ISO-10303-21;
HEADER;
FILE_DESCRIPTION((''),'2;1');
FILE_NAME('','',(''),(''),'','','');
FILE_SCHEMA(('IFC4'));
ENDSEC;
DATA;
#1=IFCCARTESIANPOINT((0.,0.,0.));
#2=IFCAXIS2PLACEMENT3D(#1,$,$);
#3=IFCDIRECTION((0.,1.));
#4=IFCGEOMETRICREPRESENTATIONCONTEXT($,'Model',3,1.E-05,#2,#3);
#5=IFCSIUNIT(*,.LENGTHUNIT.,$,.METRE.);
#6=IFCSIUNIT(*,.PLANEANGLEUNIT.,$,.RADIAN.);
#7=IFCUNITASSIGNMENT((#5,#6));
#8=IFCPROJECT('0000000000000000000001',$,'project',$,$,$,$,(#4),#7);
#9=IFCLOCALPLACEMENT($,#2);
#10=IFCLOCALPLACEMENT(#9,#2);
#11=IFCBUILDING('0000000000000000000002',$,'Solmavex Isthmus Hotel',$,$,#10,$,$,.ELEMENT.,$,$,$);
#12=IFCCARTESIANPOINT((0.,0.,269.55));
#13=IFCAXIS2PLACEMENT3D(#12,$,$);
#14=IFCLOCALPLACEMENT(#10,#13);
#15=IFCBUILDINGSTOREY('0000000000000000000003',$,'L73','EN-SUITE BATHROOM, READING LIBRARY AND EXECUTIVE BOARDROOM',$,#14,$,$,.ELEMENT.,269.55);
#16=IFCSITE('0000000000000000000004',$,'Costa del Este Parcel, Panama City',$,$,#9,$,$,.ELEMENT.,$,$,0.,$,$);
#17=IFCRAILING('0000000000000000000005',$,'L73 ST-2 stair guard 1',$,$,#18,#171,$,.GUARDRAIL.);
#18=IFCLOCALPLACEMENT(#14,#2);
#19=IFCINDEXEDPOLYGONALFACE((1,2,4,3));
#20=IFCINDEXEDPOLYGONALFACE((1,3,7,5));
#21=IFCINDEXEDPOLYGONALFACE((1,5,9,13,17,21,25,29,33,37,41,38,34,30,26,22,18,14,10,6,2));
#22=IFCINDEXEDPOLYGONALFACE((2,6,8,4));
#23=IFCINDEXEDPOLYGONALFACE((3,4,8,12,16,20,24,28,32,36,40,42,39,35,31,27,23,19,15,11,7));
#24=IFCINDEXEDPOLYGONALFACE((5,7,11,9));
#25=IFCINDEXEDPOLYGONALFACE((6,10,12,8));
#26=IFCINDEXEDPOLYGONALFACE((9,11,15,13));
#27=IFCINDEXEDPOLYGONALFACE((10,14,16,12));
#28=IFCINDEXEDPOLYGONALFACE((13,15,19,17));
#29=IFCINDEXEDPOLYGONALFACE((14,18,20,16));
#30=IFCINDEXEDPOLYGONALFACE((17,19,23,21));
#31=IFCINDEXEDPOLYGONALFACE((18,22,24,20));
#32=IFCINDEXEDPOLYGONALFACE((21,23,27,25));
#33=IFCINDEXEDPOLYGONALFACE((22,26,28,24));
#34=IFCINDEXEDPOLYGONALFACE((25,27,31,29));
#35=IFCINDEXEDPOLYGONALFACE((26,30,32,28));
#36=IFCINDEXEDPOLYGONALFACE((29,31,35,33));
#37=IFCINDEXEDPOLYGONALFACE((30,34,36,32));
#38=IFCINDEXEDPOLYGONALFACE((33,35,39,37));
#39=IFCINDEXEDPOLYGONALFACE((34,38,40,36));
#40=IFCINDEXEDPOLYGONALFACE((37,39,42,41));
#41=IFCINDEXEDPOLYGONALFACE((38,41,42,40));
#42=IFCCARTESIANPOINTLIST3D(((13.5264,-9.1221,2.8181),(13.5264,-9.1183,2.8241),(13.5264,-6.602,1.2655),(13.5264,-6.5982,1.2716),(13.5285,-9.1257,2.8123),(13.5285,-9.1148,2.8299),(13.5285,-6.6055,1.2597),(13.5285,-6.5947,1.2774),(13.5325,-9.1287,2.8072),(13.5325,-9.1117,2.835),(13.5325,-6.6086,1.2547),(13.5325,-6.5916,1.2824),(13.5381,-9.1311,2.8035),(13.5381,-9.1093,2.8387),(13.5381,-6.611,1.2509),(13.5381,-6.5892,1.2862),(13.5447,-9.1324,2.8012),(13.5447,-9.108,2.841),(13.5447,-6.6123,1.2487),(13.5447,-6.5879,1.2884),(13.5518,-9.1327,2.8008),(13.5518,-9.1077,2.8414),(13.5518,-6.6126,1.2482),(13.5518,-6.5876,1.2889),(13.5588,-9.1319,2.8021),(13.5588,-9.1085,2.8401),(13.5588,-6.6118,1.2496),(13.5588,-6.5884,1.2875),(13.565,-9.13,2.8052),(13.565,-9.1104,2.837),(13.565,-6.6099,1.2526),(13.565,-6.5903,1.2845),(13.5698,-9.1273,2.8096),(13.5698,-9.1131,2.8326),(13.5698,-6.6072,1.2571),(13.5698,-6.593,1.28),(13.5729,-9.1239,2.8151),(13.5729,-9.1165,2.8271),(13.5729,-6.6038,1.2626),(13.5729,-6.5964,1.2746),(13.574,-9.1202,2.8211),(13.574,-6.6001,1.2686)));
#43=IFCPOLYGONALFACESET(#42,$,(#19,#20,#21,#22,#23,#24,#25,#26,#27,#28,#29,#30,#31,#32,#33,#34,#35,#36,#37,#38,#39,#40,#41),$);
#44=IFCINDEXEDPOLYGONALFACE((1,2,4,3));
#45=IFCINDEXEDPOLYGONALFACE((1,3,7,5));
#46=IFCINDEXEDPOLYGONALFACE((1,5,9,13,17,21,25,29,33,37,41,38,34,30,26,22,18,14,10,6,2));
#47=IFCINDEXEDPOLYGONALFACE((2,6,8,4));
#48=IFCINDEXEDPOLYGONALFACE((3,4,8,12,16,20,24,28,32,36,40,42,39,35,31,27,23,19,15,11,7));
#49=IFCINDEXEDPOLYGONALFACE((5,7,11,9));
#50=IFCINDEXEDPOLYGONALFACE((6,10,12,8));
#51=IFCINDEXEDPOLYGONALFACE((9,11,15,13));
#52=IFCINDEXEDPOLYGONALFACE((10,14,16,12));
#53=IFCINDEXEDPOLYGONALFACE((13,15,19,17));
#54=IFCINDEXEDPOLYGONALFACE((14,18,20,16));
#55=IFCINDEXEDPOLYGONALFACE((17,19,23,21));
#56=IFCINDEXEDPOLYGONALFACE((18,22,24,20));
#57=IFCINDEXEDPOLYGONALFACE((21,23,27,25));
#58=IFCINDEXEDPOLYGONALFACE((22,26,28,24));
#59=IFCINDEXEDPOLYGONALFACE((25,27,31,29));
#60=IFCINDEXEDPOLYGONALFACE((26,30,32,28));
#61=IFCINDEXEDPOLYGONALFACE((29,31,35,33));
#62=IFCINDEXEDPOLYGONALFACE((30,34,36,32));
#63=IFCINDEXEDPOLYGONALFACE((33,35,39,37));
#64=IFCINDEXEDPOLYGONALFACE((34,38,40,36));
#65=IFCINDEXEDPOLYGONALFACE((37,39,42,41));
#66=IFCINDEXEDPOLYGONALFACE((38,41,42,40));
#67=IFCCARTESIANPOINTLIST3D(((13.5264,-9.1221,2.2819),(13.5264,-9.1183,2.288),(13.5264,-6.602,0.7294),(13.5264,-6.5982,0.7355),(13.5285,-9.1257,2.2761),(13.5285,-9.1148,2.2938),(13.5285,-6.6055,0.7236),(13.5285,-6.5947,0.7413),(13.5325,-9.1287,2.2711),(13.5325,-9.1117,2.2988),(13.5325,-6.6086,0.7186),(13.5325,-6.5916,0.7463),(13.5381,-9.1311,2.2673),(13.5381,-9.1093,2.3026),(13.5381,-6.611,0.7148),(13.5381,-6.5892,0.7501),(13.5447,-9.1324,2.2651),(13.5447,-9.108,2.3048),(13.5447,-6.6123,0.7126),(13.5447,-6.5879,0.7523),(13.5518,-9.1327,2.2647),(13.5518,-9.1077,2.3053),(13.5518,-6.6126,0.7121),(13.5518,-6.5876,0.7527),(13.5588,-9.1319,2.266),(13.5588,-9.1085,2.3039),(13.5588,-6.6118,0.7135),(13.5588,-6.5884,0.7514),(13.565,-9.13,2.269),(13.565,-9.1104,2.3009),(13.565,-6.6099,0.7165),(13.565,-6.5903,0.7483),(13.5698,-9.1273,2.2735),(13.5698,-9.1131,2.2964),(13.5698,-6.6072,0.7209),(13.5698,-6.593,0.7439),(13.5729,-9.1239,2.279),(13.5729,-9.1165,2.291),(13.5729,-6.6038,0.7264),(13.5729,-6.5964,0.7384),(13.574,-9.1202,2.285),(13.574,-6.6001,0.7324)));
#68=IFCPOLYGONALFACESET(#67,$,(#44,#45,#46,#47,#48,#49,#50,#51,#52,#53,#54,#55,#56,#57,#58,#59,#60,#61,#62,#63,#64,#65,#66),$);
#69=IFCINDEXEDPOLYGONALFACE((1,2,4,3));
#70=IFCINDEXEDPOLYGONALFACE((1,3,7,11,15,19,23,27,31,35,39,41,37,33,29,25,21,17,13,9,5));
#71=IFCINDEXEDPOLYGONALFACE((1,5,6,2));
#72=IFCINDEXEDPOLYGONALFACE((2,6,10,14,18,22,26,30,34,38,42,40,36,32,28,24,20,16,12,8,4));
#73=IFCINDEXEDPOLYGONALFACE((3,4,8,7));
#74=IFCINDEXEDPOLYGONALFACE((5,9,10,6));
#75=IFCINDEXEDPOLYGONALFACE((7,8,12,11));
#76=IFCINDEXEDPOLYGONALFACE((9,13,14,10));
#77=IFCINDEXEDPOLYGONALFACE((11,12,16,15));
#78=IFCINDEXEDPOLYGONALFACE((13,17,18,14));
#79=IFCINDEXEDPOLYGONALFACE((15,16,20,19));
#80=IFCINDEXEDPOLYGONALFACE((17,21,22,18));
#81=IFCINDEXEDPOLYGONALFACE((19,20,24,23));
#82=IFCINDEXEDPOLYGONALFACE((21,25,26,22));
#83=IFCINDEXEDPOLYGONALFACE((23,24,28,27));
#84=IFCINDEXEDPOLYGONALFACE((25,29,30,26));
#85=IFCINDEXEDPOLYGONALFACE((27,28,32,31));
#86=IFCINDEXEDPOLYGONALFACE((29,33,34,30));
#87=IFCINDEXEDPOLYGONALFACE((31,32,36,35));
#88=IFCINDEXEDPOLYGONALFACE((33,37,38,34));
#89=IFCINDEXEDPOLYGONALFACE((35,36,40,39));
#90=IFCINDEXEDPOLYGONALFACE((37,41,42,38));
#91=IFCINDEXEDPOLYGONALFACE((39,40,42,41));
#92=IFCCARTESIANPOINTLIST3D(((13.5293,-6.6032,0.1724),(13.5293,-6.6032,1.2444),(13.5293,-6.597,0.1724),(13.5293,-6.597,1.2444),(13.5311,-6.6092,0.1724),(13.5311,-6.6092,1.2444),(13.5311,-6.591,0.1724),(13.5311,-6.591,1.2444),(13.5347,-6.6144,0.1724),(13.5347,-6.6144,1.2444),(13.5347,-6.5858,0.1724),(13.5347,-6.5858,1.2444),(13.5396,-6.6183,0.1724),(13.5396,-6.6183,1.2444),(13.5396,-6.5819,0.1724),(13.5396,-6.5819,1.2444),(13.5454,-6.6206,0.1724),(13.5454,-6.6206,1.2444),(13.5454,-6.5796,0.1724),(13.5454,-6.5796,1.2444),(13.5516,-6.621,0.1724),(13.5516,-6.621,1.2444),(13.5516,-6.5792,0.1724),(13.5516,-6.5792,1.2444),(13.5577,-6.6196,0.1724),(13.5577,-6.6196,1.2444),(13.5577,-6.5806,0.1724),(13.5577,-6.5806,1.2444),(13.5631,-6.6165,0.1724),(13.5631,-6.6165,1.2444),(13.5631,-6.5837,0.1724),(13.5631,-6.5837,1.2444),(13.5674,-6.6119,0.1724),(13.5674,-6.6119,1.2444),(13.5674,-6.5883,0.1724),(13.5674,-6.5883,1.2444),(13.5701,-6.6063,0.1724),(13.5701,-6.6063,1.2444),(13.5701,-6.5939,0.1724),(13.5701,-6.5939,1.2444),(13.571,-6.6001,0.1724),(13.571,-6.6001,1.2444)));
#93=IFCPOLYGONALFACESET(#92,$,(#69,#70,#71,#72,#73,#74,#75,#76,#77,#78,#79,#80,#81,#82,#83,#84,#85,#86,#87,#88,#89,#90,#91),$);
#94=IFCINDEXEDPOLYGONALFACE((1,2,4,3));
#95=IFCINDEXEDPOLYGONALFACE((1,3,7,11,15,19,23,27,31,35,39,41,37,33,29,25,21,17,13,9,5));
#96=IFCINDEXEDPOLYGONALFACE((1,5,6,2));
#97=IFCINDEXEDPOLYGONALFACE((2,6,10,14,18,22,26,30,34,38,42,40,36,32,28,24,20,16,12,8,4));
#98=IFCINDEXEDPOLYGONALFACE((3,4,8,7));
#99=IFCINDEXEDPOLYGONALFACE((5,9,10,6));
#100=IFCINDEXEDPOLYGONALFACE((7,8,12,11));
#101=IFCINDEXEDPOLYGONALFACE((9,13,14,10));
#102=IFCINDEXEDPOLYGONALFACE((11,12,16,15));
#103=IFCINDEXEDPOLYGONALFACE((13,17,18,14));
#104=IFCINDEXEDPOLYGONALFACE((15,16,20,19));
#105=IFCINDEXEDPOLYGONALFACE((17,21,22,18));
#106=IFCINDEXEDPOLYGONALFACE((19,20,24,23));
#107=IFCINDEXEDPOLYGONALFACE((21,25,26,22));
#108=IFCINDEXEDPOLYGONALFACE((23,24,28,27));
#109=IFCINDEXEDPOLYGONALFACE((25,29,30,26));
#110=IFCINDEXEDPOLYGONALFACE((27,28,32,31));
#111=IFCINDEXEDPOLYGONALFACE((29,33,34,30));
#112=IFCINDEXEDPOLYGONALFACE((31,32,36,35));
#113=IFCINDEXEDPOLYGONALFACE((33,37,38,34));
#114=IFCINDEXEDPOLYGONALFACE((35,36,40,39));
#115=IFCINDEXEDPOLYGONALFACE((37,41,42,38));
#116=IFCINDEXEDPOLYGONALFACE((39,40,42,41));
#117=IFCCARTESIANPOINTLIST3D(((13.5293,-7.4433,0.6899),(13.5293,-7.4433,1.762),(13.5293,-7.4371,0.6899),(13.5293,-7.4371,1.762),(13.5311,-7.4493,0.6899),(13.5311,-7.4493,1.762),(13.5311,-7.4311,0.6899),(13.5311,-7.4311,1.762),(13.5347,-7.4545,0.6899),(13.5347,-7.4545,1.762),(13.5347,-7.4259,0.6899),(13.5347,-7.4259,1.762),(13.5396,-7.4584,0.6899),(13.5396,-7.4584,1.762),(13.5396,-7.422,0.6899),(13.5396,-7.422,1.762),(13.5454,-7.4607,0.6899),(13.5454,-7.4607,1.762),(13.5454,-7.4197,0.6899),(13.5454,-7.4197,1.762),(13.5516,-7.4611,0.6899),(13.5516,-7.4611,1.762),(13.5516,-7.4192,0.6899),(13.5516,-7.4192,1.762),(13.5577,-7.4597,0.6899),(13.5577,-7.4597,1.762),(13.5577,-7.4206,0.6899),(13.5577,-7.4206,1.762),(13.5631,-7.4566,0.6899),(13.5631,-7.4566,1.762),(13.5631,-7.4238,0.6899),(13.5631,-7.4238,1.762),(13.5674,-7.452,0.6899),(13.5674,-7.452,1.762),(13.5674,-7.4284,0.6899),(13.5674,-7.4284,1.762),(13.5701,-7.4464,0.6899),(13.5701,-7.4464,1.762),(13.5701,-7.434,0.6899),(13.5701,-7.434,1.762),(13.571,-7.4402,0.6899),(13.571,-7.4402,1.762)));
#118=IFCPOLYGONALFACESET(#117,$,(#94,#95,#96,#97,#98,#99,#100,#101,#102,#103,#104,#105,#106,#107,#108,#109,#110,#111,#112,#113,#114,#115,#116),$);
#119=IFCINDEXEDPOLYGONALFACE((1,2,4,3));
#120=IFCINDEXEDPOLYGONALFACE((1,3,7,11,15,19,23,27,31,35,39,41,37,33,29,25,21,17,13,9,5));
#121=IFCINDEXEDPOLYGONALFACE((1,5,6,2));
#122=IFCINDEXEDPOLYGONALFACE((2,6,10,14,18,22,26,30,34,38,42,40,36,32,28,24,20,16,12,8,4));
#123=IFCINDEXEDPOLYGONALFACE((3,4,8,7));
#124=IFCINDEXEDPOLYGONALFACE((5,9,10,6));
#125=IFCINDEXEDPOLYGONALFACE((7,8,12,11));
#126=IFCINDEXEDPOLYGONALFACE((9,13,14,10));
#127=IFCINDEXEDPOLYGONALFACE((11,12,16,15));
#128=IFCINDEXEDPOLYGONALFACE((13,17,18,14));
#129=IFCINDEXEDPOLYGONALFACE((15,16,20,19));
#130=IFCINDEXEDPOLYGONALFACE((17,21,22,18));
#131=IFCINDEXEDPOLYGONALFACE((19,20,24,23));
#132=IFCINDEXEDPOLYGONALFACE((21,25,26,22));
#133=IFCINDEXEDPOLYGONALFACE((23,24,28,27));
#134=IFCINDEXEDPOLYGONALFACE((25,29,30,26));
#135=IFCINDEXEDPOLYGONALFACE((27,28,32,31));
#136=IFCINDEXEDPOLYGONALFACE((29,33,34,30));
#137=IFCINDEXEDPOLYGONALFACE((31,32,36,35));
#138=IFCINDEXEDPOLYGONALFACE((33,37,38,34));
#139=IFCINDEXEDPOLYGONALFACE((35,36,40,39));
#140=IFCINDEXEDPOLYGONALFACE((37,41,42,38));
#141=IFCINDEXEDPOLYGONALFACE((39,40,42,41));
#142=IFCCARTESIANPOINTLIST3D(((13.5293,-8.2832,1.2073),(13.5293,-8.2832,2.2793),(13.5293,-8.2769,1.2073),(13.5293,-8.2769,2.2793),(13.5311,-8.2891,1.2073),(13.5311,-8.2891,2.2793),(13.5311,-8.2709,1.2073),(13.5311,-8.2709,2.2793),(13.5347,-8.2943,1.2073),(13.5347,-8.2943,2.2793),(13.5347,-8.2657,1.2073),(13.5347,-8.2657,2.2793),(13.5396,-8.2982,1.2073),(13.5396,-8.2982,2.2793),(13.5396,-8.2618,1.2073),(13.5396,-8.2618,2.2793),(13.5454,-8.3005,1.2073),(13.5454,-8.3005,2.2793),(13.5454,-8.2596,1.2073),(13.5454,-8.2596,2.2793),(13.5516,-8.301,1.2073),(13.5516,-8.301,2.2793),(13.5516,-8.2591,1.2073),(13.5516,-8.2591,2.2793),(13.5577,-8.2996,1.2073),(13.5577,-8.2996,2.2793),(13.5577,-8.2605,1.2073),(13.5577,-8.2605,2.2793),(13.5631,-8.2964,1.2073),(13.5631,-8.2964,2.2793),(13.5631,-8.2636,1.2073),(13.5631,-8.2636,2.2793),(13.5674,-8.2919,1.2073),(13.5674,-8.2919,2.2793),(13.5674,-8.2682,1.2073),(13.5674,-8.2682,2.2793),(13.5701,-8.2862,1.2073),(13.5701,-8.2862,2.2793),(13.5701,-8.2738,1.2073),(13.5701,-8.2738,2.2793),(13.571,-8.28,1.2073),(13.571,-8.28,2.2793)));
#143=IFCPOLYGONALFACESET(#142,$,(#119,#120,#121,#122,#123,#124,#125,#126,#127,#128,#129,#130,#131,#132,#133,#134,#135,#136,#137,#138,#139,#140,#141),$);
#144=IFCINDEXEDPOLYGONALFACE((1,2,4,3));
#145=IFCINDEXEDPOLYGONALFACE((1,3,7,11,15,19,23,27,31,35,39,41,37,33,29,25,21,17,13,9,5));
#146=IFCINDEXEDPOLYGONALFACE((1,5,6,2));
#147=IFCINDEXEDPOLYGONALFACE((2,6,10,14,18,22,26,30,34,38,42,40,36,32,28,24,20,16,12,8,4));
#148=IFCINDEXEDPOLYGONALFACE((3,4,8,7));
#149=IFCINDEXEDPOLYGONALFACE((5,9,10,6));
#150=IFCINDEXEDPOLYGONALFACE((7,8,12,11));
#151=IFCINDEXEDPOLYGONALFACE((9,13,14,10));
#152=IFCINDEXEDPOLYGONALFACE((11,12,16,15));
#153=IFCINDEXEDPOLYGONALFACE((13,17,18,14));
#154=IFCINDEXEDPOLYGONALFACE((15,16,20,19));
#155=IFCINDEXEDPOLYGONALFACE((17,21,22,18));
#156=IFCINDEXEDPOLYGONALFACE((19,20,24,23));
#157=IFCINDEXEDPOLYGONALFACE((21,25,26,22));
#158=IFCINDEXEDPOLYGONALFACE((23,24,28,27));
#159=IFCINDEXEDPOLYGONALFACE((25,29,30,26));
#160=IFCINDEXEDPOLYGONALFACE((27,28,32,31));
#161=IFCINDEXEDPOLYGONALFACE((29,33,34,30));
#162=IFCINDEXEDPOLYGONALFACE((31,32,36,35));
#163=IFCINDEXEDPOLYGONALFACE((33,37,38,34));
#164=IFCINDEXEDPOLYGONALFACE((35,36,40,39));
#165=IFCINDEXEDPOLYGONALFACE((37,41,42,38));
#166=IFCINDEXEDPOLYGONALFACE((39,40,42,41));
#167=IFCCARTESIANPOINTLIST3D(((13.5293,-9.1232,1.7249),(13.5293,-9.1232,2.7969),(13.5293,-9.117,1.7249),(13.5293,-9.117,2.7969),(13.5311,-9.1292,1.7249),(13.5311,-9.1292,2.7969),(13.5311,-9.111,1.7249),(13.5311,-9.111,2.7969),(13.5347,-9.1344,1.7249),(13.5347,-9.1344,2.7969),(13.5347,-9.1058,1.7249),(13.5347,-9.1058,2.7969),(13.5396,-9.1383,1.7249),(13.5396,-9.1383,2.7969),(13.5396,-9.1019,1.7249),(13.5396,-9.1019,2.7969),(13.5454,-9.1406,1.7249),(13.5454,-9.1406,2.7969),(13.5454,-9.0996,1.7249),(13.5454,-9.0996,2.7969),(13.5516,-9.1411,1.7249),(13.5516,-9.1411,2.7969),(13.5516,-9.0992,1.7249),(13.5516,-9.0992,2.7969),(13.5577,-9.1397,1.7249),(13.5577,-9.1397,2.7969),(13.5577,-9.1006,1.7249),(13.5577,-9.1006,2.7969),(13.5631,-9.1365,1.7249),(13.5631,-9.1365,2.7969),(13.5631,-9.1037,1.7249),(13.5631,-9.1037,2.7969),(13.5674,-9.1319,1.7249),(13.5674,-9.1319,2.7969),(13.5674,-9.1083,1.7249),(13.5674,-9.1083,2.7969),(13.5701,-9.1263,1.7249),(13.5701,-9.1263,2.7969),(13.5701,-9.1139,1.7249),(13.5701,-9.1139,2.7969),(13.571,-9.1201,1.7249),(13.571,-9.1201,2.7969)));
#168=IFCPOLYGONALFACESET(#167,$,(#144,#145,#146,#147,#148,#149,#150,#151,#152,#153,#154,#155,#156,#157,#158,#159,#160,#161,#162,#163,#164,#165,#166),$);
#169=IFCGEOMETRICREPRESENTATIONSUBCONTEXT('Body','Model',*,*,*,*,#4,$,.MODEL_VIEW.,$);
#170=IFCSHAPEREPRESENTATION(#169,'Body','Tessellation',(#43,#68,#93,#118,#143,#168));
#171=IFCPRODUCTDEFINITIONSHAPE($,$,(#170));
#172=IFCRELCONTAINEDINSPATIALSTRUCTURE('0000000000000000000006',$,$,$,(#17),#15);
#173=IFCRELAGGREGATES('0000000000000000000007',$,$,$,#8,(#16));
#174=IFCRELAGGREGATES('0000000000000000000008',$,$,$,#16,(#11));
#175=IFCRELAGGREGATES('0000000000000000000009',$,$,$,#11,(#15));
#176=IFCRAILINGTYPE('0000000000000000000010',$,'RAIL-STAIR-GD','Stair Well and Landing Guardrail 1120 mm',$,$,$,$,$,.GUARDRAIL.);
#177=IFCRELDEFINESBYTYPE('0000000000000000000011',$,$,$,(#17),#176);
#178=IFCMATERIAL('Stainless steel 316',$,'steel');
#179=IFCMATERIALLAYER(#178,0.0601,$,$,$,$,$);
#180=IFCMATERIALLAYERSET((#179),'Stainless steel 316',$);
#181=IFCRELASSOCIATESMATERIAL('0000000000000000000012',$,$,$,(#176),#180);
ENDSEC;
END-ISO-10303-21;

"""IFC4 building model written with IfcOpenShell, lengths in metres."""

from ifc_helpers import new_model, si_unit, direction, frame, origin, origin_2d, place, context, subcontext, project, spatial, circle, extrude, material, layer, layer_set, type_object, element, save


model = new_model("IFC4")

# Units and contexts
model_context = context("Model", 3, precision=1e-05, world=origin(), true_north=direction((0.0, 1.0)))
body_context = subcontext(model_context, "Body", "Model", "MODEL_VIEW")
ifc_project = project(units=[si_unit("LENGTHUNIT", "METRE"), si_unit("PLANEANGLEUNIT", "RADIAN")], contexts=[model_context])

# Site, building, storey
site_placement = place(None, origin())
site = spatial("IfcSite", under=ifc_project, at=site_placement, Name="Costa del Este Parcel, Panama City", CompositionType="ELEMENT", RefElevation=0.0)
building_placement = place(site_placement, origin())
building = spatial("IfcBuilding", under=site, at=building_placement, Name="Solmavex Isthmus Hotel", CompositionType="ELEMENT")
storey_placement = place(building_placement, frame((0.0, 0.0, 269.55)))
storey = spatial("IfcBuildingStorey", under=building, at=storey_placement, Name="L73", Description="EN-SUITE BATHROOM, READING LIBRARY AND EXECUTIVE BOARDROOM", CompositionType="ELEMENT", Elevation=269.55)

# Railing
ifc_material_1 = material(Name="Stainless steel 316", Category="steel")
ifc_layer_1 = layer(ifc_material_1, 0.0601)
ifc_layer_set_1 = layer_set([ifc_layer_1], Name="Stainless steel 316")
railing_type_1 = type_object("IfcRailingType", Name="RAIL-STAIR-GD", Description="Stair Well and Landing Guardrail 1120 mm", PredefinedType="GUARDRAIL", material=ifc_layer_set_1)
railing_1_placement = place(storey_placement, frame((13.55, -6.6001, 0.1724)))
element("IfcRailing", 1, at=railing_1_placement, inside=storey, type_object=railing_type_1, Name="L73 ST-2 stair guard 1", PredefinedType="GUARDRAIL", context=body_context, shape_type="SweptSolid", body=[
    extrude(circle(Radius=0.0239, at=origin_2d()), frame((0.0, 0.0, 1.0962), z_axis=(0.0, -0.8514, 0.524516), x_axis=(1.0, 0.0, 0.0)), (0.0, 0.0, 1.0), 2.96),
    extrude(circle(Radius=0.0239, at=origin_2d()), frame((0.0, 0.0, 0.5601), z_axis=(0.0, -0.8514, 0.524516), x_axis=(1.0, 0.0, 0.0)), (0.0, 0.0, 1.0), 2.96),
    extrude(circle(Radius=0.021, at=origin_2d()), origin(), (0.0, 0.0, 1.0), 1.072),
    extrude(circle(Radius=0.021, at=origin_2d()), frame((0.0, -0.8401, 0.5176)), (0.0, 0.0, 1.0), 1.072),
    extrude(circle(Radius=0.021, at=origin_2d()), frame((0.0, -1.6799, 1.0349)), (0.0, 0.0, 1.0), 1.072),
    extrude(circle(Radius=0.021, at=origin_2d()), frame((0.0, -2.52, 1.5525)), (0.0, 0.0, 1.0), 1.072),
])

save(model, "model.ifc")
